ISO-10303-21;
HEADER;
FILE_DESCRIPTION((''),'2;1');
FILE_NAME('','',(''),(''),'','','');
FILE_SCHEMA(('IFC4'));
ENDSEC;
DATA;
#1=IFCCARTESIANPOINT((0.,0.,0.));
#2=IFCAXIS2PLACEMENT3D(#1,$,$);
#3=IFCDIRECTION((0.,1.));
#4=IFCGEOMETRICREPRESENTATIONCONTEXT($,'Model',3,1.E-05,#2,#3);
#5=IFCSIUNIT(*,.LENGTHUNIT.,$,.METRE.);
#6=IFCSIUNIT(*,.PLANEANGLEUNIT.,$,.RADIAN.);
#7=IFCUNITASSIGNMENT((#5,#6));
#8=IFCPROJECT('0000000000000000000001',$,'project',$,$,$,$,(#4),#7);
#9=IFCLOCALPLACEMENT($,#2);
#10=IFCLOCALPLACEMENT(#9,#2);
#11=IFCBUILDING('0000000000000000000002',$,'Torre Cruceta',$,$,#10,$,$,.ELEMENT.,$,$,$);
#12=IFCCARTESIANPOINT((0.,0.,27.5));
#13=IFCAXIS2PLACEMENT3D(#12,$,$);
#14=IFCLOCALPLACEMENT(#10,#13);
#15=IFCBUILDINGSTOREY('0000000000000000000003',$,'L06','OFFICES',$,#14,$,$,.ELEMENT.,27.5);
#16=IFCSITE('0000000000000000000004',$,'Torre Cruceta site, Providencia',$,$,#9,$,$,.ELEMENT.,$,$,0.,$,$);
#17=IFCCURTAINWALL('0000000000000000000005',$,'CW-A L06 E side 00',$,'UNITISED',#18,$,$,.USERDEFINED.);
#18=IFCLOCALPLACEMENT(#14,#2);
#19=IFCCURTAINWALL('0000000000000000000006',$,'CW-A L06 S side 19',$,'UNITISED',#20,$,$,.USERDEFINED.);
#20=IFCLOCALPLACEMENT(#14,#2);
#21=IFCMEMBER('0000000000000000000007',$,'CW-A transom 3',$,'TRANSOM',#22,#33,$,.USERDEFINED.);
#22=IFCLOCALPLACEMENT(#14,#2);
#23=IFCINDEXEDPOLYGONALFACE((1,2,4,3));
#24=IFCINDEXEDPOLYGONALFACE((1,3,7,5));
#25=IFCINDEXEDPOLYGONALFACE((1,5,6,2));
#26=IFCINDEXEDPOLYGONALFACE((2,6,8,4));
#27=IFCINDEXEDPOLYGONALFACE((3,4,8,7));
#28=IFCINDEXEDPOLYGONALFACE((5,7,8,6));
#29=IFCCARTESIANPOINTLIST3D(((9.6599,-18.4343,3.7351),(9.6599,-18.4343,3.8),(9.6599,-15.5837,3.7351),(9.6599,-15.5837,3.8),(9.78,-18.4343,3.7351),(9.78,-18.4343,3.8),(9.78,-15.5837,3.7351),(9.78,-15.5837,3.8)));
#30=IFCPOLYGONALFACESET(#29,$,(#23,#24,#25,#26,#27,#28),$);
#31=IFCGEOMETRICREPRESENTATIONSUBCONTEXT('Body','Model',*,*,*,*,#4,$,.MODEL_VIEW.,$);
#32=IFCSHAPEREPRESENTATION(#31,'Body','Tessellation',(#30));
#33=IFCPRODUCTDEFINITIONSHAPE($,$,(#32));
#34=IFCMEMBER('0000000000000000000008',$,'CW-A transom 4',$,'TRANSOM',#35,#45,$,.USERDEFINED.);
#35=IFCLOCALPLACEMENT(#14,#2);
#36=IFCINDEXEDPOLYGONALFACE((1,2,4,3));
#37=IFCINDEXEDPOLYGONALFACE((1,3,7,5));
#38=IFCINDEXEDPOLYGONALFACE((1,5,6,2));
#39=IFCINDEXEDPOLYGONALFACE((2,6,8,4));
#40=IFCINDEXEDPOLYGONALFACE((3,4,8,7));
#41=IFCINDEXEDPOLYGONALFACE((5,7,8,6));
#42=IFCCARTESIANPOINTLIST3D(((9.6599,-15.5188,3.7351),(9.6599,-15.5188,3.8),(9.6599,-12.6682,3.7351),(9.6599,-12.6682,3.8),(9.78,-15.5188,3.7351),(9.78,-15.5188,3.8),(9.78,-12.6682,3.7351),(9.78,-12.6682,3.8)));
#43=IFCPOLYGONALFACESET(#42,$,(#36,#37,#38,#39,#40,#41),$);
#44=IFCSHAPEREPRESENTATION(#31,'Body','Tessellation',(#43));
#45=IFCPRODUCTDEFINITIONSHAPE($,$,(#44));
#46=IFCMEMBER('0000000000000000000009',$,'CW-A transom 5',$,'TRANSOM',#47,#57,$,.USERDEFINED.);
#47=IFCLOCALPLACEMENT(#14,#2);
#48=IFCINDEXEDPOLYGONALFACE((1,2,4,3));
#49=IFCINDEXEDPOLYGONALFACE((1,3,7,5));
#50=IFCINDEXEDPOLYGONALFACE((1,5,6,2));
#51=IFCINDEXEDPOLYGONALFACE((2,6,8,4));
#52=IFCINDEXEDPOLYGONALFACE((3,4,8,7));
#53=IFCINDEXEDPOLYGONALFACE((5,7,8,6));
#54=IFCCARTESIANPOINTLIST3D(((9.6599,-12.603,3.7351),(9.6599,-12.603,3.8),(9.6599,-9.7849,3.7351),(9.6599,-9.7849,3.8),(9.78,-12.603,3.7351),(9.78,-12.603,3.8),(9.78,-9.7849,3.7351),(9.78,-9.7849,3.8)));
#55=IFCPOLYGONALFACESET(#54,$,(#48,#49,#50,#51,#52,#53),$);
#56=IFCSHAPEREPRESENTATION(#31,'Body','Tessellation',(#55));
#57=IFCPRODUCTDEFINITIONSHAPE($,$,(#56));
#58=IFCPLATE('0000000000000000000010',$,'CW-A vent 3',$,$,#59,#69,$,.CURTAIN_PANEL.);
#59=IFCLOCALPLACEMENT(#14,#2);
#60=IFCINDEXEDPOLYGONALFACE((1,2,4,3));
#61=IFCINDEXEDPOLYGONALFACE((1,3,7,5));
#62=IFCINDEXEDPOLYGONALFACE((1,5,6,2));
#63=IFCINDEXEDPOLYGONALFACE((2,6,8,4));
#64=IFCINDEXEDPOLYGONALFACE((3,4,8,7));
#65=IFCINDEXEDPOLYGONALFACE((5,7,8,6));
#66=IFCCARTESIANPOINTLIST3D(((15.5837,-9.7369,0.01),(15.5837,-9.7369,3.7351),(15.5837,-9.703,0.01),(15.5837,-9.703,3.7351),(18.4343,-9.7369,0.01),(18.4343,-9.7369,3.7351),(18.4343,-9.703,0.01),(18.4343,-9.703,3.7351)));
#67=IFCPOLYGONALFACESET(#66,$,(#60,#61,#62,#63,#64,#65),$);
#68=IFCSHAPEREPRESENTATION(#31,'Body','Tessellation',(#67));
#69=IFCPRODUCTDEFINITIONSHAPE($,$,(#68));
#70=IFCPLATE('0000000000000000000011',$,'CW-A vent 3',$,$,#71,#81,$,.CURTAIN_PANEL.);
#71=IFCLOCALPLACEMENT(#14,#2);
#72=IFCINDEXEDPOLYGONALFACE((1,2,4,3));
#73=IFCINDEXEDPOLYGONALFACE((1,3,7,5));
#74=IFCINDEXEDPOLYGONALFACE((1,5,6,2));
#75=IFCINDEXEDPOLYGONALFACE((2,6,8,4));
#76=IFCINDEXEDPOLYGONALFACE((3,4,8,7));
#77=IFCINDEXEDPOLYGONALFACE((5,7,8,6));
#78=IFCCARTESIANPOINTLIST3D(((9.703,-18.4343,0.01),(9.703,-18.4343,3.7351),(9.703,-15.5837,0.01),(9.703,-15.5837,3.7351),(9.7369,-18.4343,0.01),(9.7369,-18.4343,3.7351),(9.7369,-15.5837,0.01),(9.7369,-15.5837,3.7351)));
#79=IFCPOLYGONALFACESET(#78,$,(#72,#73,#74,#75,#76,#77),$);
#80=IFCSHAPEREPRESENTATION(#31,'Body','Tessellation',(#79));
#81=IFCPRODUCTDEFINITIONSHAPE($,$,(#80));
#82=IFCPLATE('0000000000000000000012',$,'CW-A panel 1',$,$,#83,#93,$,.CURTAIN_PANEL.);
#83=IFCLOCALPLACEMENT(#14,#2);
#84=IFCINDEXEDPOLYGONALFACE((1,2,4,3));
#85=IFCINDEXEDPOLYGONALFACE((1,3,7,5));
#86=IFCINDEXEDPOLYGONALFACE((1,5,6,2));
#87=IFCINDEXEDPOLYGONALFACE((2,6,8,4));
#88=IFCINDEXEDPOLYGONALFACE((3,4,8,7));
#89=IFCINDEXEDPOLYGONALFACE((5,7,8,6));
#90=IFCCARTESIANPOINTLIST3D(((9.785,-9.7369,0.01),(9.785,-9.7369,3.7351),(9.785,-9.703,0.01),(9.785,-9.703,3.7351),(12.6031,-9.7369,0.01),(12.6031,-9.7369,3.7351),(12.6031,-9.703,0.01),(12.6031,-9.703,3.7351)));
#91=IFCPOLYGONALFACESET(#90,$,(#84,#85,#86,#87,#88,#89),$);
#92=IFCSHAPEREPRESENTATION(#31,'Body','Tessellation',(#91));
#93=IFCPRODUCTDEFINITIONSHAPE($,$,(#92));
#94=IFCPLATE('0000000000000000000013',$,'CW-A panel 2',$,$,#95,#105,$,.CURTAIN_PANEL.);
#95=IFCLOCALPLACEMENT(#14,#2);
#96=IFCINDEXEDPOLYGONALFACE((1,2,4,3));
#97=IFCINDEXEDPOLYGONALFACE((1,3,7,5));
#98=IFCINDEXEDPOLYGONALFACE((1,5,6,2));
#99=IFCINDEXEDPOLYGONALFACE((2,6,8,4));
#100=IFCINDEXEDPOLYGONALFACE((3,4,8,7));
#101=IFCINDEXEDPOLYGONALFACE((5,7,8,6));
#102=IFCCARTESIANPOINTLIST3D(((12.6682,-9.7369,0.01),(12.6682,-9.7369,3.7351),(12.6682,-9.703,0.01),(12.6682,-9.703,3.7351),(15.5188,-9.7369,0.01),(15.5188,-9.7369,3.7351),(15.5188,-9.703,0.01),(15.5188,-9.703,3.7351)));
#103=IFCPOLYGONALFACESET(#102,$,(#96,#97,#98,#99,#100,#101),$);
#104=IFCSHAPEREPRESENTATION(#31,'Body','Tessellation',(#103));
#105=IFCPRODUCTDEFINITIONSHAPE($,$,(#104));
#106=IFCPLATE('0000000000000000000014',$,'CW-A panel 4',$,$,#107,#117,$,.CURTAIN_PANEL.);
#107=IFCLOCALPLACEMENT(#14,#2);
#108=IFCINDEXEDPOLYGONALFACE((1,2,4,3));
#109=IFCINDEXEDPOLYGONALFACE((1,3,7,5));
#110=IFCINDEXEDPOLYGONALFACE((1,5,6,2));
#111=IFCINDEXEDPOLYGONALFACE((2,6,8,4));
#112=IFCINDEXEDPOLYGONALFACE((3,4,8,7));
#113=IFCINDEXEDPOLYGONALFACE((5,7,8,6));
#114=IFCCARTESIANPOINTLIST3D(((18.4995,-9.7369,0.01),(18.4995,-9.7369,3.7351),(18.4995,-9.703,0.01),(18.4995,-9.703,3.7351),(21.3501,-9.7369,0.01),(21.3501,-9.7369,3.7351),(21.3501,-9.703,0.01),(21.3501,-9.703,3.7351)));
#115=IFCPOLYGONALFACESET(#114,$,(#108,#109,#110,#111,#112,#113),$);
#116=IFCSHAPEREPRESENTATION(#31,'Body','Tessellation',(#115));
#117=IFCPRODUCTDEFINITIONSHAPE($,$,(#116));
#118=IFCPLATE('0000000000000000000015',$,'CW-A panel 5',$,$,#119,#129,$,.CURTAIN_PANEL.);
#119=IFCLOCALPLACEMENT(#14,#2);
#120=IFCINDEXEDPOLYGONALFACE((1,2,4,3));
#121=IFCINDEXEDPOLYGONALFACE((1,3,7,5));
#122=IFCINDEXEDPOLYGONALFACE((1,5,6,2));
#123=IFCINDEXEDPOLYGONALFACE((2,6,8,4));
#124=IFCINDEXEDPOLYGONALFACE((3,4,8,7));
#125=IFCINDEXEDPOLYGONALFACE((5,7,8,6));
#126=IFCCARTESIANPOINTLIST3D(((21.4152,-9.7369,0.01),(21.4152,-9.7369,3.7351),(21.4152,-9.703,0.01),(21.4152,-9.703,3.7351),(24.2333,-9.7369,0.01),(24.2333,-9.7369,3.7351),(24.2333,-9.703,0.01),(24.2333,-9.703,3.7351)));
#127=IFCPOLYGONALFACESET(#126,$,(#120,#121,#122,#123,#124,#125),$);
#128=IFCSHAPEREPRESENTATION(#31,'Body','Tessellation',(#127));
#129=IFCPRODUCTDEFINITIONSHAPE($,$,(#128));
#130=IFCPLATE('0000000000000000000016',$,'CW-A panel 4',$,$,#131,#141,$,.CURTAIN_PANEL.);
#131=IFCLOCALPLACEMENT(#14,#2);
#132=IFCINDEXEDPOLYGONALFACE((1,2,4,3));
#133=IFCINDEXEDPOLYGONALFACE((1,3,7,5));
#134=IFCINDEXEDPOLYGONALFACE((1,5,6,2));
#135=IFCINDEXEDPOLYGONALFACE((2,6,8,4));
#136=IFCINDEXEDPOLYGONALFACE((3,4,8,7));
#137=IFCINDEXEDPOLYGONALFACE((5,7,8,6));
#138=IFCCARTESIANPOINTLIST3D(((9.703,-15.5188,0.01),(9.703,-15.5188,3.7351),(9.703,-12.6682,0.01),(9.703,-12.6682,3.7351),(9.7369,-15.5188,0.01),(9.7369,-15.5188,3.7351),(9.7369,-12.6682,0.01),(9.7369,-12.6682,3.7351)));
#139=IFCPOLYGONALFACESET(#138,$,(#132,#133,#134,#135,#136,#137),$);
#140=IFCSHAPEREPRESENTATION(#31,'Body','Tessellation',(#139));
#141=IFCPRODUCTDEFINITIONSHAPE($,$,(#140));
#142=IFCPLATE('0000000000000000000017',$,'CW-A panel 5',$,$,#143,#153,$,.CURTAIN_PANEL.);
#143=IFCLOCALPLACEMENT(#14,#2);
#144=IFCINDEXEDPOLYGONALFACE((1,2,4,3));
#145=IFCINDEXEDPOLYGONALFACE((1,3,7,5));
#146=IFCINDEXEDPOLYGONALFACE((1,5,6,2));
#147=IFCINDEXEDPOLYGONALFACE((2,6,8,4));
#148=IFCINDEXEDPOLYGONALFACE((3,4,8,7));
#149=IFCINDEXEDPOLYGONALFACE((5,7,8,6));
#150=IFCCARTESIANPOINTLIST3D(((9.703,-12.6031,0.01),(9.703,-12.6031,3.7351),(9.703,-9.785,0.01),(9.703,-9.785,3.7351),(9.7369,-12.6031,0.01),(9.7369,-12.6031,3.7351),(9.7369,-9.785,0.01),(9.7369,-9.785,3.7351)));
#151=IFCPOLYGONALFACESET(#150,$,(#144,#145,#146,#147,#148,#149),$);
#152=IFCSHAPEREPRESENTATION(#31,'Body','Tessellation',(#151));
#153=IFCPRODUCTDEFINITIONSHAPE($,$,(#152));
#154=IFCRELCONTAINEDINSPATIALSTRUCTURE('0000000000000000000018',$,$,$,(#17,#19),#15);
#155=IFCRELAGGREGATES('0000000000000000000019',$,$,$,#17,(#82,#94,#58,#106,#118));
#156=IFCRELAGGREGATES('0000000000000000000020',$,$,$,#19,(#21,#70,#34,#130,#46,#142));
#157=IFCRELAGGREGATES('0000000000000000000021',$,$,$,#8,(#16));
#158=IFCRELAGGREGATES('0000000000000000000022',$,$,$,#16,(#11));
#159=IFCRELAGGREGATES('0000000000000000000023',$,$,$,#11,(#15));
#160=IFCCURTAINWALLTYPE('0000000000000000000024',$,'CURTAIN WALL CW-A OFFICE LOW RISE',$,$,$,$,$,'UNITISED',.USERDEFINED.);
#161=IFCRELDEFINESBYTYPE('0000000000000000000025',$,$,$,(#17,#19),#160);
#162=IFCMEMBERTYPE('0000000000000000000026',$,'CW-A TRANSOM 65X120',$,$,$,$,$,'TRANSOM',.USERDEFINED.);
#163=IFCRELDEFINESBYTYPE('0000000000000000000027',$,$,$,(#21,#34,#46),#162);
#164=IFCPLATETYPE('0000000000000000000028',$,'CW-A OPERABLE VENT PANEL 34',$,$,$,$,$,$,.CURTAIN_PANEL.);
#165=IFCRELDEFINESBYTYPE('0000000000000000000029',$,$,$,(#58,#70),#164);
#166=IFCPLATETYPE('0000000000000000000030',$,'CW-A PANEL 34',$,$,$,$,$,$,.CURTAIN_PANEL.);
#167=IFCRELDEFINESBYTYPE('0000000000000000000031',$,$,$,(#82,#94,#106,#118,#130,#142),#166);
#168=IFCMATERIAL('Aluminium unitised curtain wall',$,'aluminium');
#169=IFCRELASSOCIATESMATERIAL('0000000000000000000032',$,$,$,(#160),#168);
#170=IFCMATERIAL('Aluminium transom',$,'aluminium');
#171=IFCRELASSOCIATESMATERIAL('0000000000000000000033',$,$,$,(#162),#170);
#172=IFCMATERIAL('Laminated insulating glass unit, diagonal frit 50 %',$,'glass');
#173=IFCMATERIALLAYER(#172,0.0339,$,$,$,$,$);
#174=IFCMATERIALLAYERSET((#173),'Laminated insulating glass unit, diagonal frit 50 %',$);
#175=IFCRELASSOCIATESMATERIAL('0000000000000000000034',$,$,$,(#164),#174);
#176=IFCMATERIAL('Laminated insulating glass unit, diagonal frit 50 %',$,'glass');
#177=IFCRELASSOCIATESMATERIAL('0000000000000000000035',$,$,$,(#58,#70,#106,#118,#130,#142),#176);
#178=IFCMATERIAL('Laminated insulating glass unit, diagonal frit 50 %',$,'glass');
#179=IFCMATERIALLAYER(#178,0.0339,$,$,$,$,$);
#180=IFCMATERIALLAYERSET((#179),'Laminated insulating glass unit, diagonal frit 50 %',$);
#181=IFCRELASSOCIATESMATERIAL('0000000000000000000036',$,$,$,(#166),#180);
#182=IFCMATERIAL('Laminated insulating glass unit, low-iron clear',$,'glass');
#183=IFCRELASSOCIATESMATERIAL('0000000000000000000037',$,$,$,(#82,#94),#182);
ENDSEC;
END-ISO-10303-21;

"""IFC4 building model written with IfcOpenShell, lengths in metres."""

from ifc_helpers import new_model, si_unit, direction, frame, origin, origin_2d, place, context, subcontext, project, spatial, rectangle, extrude, material, layer, layer_set, material_profile, profile_set, type_object, element, aggregate, save


model = new_model("IFC4")

# Units and contexts
model_context = context("Model", 3, precision=1e-05, world=origin(), true_north=direction((0.0, 1.0)))
body_context = subcontext(model_context, "Body", "Model", "MODEL_VIEW")
ifc_project = project(units=[si_unit("LENGTHUNIT", "METRE"), si_unit("PLANEANGLEUNIT", "RADIAN")], contexts=[model_context])

# Site, building, storey
site_placement = place(None, origin())
site = spatial("IfcSite", under=ifc_project, at=site_placement, Name="Torre Cruceta site, Providencia", CompositionType="ELEMENT", RefElevation=0.0)
building_placement = place(site_placement, origin())
building = spatial("IfcBuilding", under=site, at=building_placement, Name="Torre Cruceta", CompositionType="ELEMENT")
storey_placement = place(building_placement, frame((0.0, 0.0, 27.5)))
storey = spatial("IfcBuildingStorey", under=building, at=storey_placement, Name="L06", Description="OFFICES", CompositionType="ELEMENT", Elevation=27.5)

# Curtain walls
ifc_material_1 = material(Name="Aluminium unitised curtain wall", Category="aluminium")
curtain_wall_type = type_object("IfcCurtainWallType", Name="CURTAIN WALL CW-A OFFICE LOW RISE", ElementType="UNITISED", PredefinedType="USERDEFINED", material=ifc_material_1)
curtain_wall_1_placement = place(storey_placement, origin())
curtain_wall_1 = element("IfcCurtainWall", 1, at=curtain_wall_1_placement, inside=storey, type_object=curtain_wall_type, Name="CW-A L06 E side 00", ObjectType="UNITISED", PredefinedType="USERDEFINED")
curtain_wall_2_placement = place(storey_placement, origin())
curtain_wall_2 = element("IfcCurtainWall", 2, at=curtain_wall_2_placement, inside=storey, type_object=curtain_wall_type, Name="CW-A L06 S side 19", ObjectType="UNITISED", PredefinedType="USERDEFINED")

# Members
ifc_material_2 = material(Name="Aluminium transom", Category="aluminium")
ifc_material_profile_1 = material_profile(ifc_material_2, rectangle(XDim=0.1201, YDim=0.0649, at=origin_2d()), Name="AL 120X65")
ifc_profile_set_1 = profile_set([ifc_material_profile_1], Name="Aluminium transom")
member_type_1 = type_object("IfcMemberType", Name="CW-A TRANSOM 65X120", ElementType="TRANSOM", PredefinedType="USERDEFINED", material=ifc_profile_set_1)
member_1_placement = place(storey_placement, frame((9.72, -18.4343, 3.7676), z_axis=(0.0, 1.0, 0.0), x_axis=(-1.0, 0.0, 0.0)))
member_1 = element("IfcMember", 3, at=member_1_placement, type_object=member_type_1, Name="CW-A transom 3", ObjectType="TRANSOM", PredefinedType="USERDEFINED", context=body_context, shape_type="SweptSolid", body=[
    extrude(rectangle(XDim=0.1201, YDim=0.0649, at=origin_2d()), origin(), (0.0, 0.0, 1.0), 2.8506),
])
member_2_placement = place(storey_placement, frame((9.72, -15.5188, 3.7676), z_axis=(0.0, 1.0, 0.0), x_axis=(-1.0, 0.0, 0.0)))
member_2 = element("IfcMember", 4, at=member_2_placement, type_object=member_type_1, Name="CW-A transom 4", ObjectType="TRANSOM", PredefinedType="USERDEFINED", context=body_context, shape_type="SweptSolid", body=[
    extrude(rectangle(XDim=0.1201, YDim=0.0649, at=origin_2d()), origin(), (0.0, 0.0, 1.0), 2.8506),
])
member_3_placement = place(storey_placement, frame((9.72, -12.603, 3.7676), z_axis=(0.0, 1.0, 0.0), x_axis=(-1.0, 0.0, 0.0)))
member_3 = element("IfcMember", 5, at=member_3_placement, type_object=member_type_1, Name="CW-A transom 5", ObjectType="TRANSOM", PredefinedType="USERDEFINED", context=body_context, shape_type="SweptSolid", body=[
    extrude(rectangle(XDim=0.1201, YDim=0.0649, at=origin_2d()), origin(), (0.0, 0.0, 1.0), 2.8181),
])

# Plates
ifc_material_3 = material(Name="Laminated insulating glass unit, diagonal frit 50 %", Category="glass")
ifc_material_4 = material(Name="Laminated insulating glass unit, diagonal frit 50 %", Category="glass")
ifc_layer_1 = layer(ifc_material_4, 0.0339)
ifc_layer_set_1 = layer_set([ifc_layer_1], Name="Laminated insulating glass unit, diagonal frit 50 %")
plate_type_1 = type_object("IfcPlateType", Name="CW-A OPERABLE VENT PANEL 34", PredefinedType="CURTAIN_PANEL", material=ifc_layer_set_1)
plate_1_placement = place(storey_placement, frame((17.009, -9.72, 0.01), z_axis=(0.0, 0.0, 1.0), x_axis=(1.0, 0.0, 0.0)))
plate_1 = element("IfcPlate", 6, at=plate_1_placement, type_object=plate_type_1, material=ifc_material_3, Name="CW-A vent 3", PredefinedType="CURTAIN_PANEL", context=body_context, shape_type="SweptSolid", body=[
    extrude(rectangle(XDim=2.8506, YDim=0.0339, at=origin_2d()), origin(), (0.0, 0.0, 1.0), 3.7251),
])
plate_2_placement = place(storey_placement, frame((9.72, -17.009, 0.01), z_axis=(0.0, 0.0, 1.0), x_axis=(0.0, 1.0, 0.0)))
plate_2 = element("IfcPlate", 7, at=plate_2_placement, type_object=plate_type_1, material=ifc_material_3, Name="CW-A vent 3", PredefinedType="CURTAIN_PANEL", context=body_context, shape_type="SweptSolid", body=[
    extrude(rectangle(XDim=2.8506, YDim=0.0339, at=origin_2d()), origin(), (0.0, 0.0, 1.0), 3.7251),
])
ifc_material_5 = material(Name="Laminated insulating glass unit, low-iron clear", Category="glass")
ifc_material_6 = material(Name="Laminated insulating glass unit, diagonal frit 50 %", Category="glass")
ifc_layer_2 = layer(ifc_material_6, 0.0339)
ifc_layer_set_2 = layer_set([ifc_layer_2], Name="Laminated insulating glass unit, diagonal frit 50 %")
plate_type_2 = type_object("IfcPlateType", Name="CW-A PANEL 34", PredefinedType="CURTAIN_PANEL", material=ifc_layer_set_2)
plate_3_placement = place(storey_placement, frame((11.1941, -9.72, 0.01), z_axis=(0.0, 0.0, 1.0), x_axis=(1.0, 0.0, 0.0)))
plate_3 = element("IfcPlate", 8, at=plate_3_placement, type_object=plate_type_2, material=ifc_material_5, Name="CW-A panel 1", PredefinedType="CURTAIN_PANEL", context=body_context, shape_type="SweptSolid", body=[
    extrude(rectangle(XDim=2.8181, YDim=0.0339, at=origin_2d()), origin(), (0.0, 0.0, 1.0), 3.7251),
])
plate_4_placement = place(storey_placement, frame((14.0935, -9.72, 0.01), z_axis=(0.0, 0.0, 1.0), x_axis=(1.0, 0.0, 0.0)))
plate_4 = element("IfcPlate", 9, at=plate_4_placement, type_object=plate_type_2, material=ifc_material_5, Name="CW-A panel 2", PredefinedType="CURTAIN_PANEL", context=body_context, shape_type="SweptSolid", body=[
    extrude(rectangle(XDim=2.8506, YDim=0.0339, at=origin_2d()), origin(), (0.0, 0.0, 1.0), 3.7251),
])
plate_5_placement = place(storey_placement, frame((19.9248, -9.72, 0.01), z_axis=(0.0, 0.0, 1.0), x_axis=(1.0, 0.0, 0.0)))
plate_5 = element("IfcPlate", 10, at=plate_5_placement, type_object=plate_type_2, material=ifc_material_3, Name="CW-A panel 4", PredefinedType="CURTAIN_PANEL", context=body_context, shape_type="SweptSolid", body=[
    extrude(rectangle(XDim=2.8506, YDim=0.0339, at=origin_2d()), origin(), (0.0, 0.0, 1.0), 3.7251),
])
plate_6_placement = place(storey_placement, frame((22.8242, -9.72, 0.01), z_axis=(0.0, 0.0, 1.0), x_axis=(1.0, 0.0, 0.0)))
plate_6 = element("IfcPlate", 11, at=plate_6_placement, type_object=plate_type_2, material=ifc_material_3, Name="CW-A panel 5", PredefinedType="CURTAIN_PANEL", context=body_context, shape_type="SweptSolid", body=[
    extrude(rectangle(XDim=2.8181, YDim=0.0339, at=origin_2d()), origin(), (0.0, 0.0, 1.0), 3.7251),
])
aggregate(curtain_wall_1, [plate_3, plate_4, plate_1, plate_5, plate_6])
plate_7_placement = place(storey_placement, frame((9.72, -14.0935, 0.01), z_axis=(0.0, 0.0, 1.0), x_axis=(0.0, 1.0, 0.0)))
plate_7 = element("IfcPlate", 12, at=plate_7_placement, type_object=plate_type_2, material=ifc_material_3, Name="CW-A panel 4", PredefinedType="CURTAIN_PANEL", context=body_context, shape_type="SweptSolid", body=[
    extrude(rectangle(XDim=2.8506, YDim=0.0339, at=origin_2d()), origin(), (0.0, 0.0, 1.0), 3.7251),
])
plate_8_placement = place(storey_placement, frame((9.72, -11.1941, 0.01), z_axis=(0.0, 0.0, 1.0), x_axis=(0.0, 1.0, 0.0)))
plate_8 = element("IfcPlate", 13, at=plate_8_placement, type_object=plate_type_2, material=ifc_material_3, Name="CW-A panel 5", PredefinedType="CURTAIN_PANEL", context=body_context, shape_type="SweptSolid", body=[
    extrude(rectangle(XDim=2.8181, YDim=0.0339, at=origin_2d()), origin(), (0.0, 0.0, 1.0), 3.7251),
])
aggregate(curtain_wall_2, [member_1, plate_2, member_2, plate_7, member_3, plate_8])

save(model, "model.ifc")
